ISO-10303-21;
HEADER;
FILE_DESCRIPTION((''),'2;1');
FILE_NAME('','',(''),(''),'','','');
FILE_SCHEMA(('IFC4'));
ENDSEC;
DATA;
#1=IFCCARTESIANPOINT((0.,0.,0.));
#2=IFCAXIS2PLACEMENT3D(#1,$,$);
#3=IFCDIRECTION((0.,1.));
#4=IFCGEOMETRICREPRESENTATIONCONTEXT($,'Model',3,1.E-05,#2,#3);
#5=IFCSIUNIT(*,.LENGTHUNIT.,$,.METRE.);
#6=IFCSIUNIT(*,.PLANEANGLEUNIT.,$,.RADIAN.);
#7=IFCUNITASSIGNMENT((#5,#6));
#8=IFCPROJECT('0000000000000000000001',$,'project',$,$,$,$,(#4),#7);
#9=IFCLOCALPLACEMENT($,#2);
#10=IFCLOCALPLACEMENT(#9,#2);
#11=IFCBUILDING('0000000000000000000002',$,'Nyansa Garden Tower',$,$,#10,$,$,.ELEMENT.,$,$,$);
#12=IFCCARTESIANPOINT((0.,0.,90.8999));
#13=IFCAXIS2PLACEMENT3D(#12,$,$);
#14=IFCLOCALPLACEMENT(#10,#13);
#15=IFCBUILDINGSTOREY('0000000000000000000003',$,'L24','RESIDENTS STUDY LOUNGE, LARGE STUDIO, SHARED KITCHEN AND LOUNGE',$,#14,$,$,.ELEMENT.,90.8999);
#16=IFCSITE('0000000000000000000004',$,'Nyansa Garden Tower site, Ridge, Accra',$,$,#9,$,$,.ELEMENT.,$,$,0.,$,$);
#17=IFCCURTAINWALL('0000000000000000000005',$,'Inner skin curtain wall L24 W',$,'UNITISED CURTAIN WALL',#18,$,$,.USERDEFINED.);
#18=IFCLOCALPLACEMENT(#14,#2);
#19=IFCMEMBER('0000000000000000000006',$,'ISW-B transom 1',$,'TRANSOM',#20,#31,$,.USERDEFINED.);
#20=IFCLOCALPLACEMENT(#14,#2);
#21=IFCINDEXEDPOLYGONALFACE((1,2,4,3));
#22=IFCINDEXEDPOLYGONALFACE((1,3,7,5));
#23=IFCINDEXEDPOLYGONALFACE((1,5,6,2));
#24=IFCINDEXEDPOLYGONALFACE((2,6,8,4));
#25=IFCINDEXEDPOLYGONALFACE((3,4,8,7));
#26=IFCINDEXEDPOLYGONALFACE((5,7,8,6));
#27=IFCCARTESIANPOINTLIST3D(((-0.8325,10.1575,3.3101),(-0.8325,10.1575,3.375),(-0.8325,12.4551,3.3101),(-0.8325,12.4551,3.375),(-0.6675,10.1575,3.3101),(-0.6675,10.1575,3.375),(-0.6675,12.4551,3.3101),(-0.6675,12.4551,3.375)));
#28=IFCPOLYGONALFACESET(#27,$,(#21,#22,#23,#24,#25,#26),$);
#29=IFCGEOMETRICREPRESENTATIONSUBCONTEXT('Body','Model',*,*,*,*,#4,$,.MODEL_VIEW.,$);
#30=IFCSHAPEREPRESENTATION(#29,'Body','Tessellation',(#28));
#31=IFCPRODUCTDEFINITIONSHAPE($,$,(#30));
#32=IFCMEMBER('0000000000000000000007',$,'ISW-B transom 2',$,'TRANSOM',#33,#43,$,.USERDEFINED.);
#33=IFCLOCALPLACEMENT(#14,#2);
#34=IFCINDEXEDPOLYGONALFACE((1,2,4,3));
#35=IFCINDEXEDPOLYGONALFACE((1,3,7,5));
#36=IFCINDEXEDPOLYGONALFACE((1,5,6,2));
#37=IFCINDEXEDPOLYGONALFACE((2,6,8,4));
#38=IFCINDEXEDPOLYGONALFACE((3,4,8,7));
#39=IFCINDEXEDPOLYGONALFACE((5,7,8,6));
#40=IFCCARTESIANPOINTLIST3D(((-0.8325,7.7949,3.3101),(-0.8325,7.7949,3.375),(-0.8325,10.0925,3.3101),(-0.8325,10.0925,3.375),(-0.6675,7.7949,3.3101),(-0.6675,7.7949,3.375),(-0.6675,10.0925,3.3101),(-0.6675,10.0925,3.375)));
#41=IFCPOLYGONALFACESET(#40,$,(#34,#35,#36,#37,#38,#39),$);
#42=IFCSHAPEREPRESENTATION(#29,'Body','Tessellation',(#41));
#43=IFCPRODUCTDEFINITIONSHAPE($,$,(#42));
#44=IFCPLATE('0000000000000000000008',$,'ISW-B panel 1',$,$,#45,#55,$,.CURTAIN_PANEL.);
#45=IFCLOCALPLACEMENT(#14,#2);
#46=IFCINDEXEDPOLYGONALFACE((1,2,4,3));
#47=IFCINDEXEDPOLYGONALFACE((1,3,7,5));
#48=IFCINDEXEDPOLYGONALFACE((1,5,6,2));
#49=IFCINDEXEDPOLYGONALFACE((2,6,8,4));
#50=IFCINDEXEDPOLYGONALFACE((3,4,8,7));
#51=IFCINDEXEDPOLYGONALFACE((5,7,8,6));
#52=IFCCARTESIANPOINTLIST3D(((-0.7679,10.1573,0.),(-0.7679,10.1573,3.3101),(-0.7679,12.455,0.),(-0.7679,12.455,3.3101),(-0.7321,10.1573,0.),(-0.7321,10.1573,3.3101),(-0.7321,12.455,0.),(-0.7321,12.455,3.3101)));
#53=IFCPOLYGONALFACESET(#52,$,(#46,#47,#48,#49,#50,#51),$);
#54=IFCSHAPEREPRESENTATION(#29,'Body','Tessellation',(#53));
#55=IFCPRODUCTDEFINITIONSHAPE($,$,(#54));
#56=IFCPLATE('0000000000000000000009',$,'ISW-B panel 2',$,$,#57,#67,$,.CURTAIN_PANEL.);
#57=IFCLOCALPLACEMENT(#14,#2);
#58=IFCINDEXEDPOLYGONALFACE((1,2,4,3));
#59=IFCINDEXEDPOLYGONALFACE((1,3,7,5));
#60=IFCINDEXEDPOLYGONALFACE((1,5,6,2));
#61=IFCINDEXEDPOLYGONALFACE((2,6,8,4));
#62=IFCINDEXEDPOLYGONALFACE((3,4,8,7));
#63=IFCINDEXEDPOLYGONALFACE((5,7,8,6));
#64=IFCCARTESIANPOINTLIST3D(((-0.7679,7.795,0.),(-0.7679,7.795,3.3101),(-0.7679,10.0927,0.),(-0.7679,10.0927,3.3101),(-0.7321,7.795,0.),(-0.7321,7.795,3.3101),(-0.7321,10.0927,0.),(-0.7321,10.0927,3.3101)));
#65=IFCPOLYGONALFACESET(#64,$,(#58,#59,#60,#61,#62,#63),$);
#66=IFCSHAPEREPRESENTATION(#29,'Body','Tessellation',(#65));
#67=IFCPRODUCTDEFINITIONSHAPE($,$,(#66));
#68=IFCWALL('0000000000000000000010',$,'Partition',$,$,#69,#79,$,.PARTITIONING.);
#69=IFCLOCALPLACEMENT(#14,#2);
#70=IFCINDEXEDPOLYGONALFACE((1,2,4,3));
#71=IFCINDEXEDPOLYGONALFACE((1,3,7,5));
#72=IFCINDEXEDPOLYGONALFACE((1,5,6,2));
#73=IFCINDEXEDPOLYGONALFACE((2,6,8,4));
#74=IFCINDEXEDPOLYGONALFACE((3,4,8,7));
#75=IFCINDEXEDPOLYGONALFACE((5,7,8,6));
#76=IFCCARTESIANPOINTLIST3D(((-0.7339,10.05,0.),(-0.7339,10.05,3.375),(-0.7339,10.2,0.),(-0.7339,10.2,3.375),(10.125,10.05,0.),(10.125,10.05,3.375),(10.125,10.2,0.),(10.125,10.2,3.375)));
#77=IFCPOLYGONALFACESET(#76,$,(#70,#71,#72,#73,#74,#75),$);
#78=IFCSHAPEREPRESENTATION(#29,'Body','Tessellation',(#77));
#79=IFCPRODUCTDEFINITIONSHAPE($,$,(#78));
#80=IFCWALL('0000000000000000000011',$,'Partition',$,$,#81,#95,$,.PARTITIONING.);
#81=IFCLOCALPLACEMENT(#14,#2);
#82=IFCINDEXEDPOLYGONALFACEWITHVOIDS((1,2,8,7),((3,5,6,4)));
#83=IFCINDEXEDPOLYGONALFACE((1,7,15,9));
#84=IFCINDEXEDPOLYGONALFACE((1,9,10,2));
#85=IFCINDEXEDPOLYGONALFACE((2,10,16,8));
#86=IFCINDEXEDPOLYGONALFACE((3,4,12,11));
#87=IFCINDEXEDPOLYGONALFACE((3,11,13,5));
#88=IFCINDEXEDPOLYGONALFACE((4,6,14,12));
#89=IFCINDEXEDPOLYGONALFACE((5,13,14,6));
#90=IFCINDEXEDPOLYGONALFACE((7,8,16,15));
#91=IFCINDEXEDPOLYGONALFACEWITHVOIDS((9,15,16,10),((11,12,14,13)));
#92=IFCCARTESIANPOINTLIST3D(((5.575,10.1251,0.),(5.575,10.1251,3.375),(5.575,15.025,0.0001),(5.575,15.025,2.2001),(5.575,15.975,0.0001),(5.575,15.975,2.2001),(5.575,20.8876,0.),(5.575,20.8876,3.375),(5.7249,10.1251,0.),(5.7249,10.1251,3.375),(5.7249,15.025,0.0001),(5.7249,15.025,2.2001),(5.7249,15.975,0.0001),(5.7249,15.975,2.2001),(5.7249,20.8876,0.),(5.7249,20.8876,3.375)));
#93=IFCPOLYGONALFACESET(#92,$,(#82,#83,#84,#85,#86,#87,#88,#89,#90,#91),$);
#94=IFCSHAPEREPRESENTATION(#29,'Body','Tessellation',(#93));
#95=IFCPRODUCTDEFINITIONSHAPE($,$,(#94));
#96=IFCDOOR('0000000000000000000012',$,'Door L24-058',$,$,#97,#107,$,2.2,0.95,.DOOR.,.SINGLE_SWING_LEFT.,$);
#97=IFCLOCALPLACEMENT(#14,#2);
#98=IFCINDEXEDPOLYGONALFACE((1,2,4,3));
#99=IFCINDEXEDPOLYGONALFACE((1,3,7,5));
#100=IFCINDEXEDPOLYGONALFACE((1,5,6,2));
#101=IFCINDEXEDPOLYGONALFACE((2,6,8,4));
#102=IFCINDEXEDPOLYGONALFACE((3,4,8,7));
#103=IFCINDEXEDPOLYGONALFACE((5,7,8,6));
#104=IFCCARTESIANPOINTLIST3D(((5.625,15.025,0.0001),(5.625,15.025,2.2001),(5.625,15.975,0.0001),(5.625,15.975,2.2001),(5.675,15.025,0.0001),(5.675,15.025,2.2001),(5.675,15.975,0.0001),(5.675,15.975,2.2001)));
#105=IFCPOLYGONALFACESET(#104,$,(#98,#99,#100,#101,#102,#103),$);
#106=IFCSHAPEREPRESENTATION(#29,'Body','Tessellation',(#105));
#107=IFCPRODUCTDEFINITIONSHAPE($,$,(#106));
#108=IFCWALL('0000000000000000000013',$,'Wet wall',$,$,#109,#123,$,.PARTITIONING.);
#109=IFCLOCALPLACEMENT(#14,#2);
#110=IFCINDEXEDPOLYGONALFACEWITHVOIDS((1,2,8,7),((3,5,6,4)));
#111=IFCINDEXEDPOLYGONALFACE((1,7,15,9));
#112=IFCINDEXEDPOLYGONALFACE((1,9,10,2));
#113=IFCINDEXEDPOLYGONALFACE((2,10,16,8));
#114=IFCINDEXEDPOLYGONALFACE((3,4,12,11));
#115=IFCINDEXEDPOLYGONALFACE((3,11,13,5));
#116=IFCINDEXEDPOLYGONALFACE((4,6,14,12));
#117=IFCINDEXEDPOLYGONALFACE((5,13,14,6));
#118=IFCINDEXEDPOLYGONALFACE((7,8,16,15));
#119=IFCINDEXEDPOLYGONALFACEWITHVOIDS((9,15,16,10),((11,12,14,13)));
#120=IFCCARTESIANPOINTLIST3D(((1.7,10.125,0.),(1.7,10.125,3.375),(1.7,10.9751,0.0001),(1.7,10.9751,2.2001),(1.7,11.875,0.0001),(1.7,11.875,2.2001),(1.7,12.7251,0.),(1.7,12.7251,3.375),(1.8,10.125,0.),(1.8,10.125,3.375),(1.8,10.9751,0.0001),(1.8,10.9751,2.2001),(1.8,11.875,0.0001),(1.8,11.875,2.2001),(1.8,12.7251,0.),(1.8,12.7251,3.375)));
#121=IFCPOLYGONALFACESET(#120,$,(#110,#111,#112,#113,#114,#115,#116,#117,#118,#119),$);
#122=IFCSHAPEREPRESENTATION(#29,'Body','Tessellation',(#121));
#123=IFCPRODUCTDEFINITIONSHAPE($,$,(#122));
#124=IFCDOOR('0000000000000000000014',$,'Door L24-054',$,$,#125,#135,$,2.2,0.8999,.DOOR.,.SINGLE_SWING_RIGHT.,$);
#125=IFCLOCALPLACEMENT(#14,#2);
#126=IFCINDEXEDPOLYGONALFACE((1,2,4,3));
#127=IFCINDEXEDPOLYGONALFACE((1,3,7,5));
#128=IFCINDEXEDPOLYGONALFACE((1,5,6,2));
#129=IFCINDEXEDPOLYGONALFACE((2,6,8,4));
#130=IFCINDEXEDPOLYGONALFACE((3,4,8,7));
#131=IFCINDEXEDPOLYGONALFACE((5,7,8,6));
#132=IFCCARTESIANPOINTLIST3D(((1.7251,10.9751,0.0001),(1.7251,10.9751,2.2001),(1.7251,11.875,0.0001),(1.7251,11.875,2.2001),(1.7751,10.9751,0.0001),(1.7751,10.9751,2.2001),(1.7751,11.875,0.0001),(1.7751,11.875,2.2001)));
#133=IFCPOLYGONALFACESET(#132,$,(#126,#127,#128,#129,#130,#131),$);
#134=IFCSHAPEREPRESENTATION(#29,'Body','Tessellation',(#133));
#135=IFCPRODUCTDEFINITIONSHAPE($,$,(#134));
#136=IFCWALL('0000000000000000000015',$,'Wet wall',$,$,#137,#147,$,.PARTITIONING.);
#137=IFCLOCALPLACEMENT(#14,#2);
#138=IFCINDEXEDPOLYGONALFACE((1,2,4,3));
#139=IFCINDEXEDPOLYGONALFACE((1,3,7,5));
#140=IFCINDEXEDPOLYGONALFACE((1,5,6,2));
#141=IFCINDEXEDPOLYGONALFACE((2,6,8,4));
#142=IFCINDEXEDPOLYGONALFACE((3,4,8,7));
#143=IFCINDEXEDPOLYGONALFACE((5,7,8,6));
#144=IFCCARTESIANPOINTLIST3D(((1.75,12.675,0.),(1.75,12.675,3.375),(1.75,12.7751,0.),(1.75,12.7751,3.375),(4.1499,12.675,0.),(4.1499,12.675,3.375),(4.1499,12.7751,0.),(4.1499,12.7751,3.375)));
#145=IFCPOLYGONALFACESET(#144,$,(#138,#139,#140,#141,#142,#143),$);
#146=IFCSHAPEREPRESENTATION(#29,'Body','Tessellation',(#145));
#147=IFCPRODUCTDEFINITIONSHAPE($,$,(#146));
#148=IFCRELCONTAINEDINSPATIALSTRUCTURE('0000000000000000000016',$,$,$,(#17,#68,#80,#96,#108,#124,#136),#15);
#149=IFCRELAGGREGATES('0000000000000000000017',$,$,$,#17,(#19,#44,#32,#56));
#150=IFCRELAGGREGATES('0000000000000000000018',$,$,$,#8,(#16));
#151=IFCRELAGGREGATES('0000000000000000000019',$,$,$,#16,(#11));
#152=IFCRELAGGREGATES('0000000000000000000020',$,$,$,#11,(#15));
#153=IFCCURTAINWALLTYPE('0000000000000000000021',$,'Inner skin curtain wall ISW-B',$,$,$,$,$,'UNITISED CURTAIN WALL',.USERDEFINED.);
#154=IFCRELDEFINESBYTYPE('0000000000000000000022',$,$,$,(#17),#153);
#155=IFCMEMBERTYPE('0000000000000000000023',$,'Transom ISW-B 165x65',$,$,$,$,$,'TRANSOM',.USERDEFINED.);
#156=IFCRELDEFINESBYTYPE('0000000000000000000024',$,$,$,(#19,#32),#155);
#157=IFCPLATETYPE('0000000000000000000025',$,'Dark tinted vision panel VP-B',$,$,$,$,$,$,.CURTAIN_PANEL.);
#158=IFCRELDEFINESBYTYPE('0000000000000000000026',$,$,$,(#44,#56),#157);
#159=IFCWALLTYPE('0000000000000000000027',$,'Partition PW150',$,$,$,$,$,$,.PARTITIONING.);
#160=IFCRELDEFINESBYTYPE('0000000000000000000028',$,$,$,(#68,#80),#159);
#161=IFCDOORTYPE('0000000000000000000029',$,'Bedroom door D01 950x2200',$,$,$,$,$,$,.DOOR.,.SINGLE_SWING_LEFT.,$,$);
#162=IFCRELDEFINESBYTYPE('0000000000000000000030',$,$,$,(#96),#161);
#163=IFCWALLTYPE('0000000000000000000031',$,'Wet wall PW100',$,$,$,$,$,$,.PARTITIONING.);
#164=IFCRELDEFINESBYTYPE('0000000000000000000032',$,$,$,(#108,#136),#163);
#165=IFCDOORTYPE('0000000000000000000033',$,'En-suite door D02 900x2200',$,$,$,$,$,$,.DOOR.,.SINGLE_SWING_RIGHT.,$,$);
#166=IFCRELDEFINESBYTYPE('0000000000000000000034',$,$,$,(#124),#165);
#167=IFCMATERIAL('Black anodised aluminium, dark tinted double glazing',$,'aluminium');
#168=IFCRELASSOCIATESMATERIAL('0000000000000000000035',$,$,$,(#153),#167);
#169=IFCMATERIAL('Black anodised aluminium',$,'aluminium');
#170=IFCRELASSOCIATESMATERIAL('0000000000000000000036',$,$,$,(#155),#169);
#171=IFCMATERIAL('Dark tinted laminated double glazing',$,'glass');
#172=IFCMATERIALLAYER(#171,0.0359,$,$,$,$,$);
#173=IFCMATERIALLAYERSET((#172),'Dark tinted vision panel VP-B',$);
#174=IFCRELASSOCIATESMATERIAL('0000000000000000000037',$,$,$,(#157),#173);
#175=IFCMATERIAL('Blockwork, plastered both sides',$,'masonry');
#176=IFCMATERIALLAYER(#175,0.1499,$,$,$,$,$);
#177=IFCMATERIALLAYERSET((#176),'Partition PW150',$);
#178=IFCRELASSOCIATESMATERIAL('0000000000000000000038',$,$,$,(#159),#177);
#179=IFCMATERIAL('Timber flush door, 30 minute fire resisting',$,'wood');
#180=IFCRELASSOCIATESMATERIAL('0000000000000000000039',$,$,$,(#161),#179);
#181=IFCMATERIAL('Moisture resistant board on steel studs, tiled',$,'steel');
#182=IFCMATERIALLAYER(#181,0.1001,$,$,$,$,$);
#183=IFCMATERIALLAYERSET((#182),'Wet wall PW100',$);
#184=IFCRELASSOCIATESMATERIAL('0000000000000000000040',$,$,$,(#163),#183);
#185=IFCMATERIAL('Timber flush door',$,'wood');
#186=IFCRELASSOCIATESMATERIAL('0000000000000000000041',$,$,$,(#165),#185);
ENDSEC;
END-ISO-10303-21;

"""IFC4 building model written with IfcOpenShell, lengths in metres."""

from ifc_helpers import new_model, si_unit, direction, frame, frame_2d, origin, origin_2d, place, context, subcontext, project, spatial, rectangle, extrude, material, layer, layer_set, material_profile, profile_set, type_object, element, fill, aggregate, save


model = new_model("IFC4")

# Units and contexts
model_context = context("Model", 3, precision=1e-05, world=origin(), true_north=direction((0.0, 1.0)))
body_context = subcontext(model_context, "Body", "Model", "MODEL_VIEW")
ifc_project = project(units=[si_unit("LENGTHUNIT", "METRE"), si_unit("PLANEANGLEUNIT", "RADIAN")], contexts=[model_context])

# Site, building, storey
site_placement = place(None, origin())
site = spatial("IfcSite", under=ifc_project, at=site_placement, Name="Nyansa Garden Tower site, Ridge, Accra", CompositionType="ELEMENT", RefElevation=0.0)
building_placement = place(site_placement, origin())
building = spatial("IfcBuilding", under=site, at=building_placement, Name="Nyansa Garden Tower", CompositionType="ELEMENT")
storey_placement = place(building_placement, frame((0.0, 0.0, 90.8999)))
storey = spatial("IfcBuildingStorey", under=building, at=storey_placement, Name="L24", Description="RESIDENTS STUDY LOUNGE, LARGE STUDIO, SHARED KITCHEN AND LOUNGE", CompositionType="ELEMENT", Elevation=90.8999)

# Curtain wall
ifc_material_1 = material(Name="Black anodised aluminium, dark tinted double glazing", Category="aluminium")
curtain_wall_type = type_object("IfcCurtainWallType", Name="Inner skin curtain wall ISW-B", ElementType="UNITISED CURTAIN WALL", PredefinedType="USERDEFINED", material=ifc_material_1)
curtain_wall_placement = place(storey_placement, origin())
curtain_wall = element("IfcCurtainWall", 1, at=curtain_wall_placement, inside=storey, type_object=curtain_wall_type, Name="Inner skin curtain wall L24 W", ObjectType="UNITISED CURTAIN WALL", PredefinedType="USERDEFINED")

# Members
ifc_material_2 = material(Name="Black anodised aluminium", Category="aluminium")
ifc_material_profile_1 = material_profile(ifc_material_2, rectangle(XDim=0.165, YDim=0.0649, at=origin_2d()), Name="Transom 165x65")
ifc_profile_set_1 = profile_set([ifc_material_profile_1], Name="Black anodised aluminium")
member_type_1 = type_object("IfcMemberType", Name="Transom ISW-B 165x65", ElementType="TRANSOM", PredefinedType="USERDEFINED", material=ifc_profile_set_1)
member_1_placement = place(storey_placement, frame((-0.75, 12.4551, 3.3425), z_axis=(0.0, -1.0, 0.0), x_axis=(1.0, 0.0, 0.0)))
member_1 = element("IfcMember", 2, at=member_1_placement, type_object=member_type_1, Name="ISW-B transom 1", ObjectType="TRANSOM", PredefinedType="USERDEFINED", context=body_context, shape_type="SweptSolid", body=[
    extrude(rectangle(XDim=0.165, YDim=0.0649, at=origin_2d()), origin(), (0.0, 0.0, 1.0), 2.2976),
])
member_2_placement = place(storey_placement, frame((-0.75, 10.0925, 3.3425), z_axis=(0.0, -1.0, 0.0), x_axis=(1.0, 0.0, 0.0)))
member_2 = element("IfcMember", 3, at=member_2_placement, type_object=member_type_1, Name="ISW-B transom 2", ObjectType="TRANSOM", PredefinedType="USERDEFINED", context=body_context, shape_type="SweptSolid", body=[
    extrude(rectangle(XDim=0.165, YDim=0.0649, at=origin_2d()), origin(), (0.0, 0.0, 1.0), 2.2976),
])

# Plates
ifc_material_3 = material(Name="Dark tinted laminated double glazing", Category="glass")
ifc_layer_1 = layer(ifc_material_3, 0.0359)
ifc_layer_set_1 = layer_set([ifc_layer_1], Name="Dark tinted vision panel VP-B")
plate_type = type_object("IfcPlateType", Name="Dark tinted vision panel VP-B", PredefinedType="CURTAIN_PANEL", material=ifc_layer_set_1)
plate_1_placement = place(storey_placement, frame((-0.75, 11.3062, 0.0), z_axis=(0.0, 0.0, 1.0), x_axis=(0.0, -1.0, 0.0)))
plate_1 = element("IfcPlate", 4, at=plate_1_placement, type_object=plate_type, Name="ISW-B panel 1", PredefinedType="CURTAIN_PANEL", context=body_context, shape_type="SweptSolid", body=[
    extrude(rectangle(XDim=2.2976, YDim=0.0359, at=origin_2d()), origin(), (0.0, 0.0, 1.0), 3.3101),
])
plate_2_placement = place(storey_placement, frame((-0.75, 8.9438, 0.0), z_axis=(0.0, 0.0, 1.0), x_axis=(0.0, -1.0, 0.0)))
plate_2 = element("IfcPlate", 5, at=plate_2_placement, type_object=plate_type, Name="ISW-B panel 2", PredefinedType="CURTAIN_PANEL", context=body_context, shape_type="SweptSolid", body=[
    extrude(rectangle(XDim=2.2976, YDim=0.0359, at=origin_2d()), origin(), (0.0, 0.0, 1.0), 3.3101),
])
aggregate(curtain_wall, [member_1, plate_1, member_2, plate_2])

# Wall
ifc_material_4 = material(Name="Blockwork, plastered both sides", Category="masonry")
ifc_layer_2 = layer(ifc_material_4, 0.1499)
ifc_layer_set_2 = layer_set([ifc_layer_2], Name="Partition PW150")
wall_type_1 = type_object("IfcWallType", Name="Partition PW150", PredefinedType="PARTITIONING", material=ifc_layer_set_2)
wall_1_placement = place(storey_placement, frame((-0.7339, 10.125, 0.0), z_axis=(0.0, 0.0, 1.0), x_axis=(1.0, 0.0, 0.0)))
element("IfcWall", 6, at=wall_1_placement, inside=storey, type_object=wall_type_1, Name="Partition", PredefinedType="PARTITIONING", context=body_context, shape_type="SweptSolid", body=[
    extrude(rectangle(XDim=10.8589, YDim=0.1499, at=frame_2d((5.4294, 0.0))), origin(), (0.0, 0.0, 1.0), 3.375),
])

# Walls, openings, doors
wall_2_placement = place(storey_placement, frame((5.6499, 10.125, 0.0), z_axis=(0.0, 0.0, 1.0), x_axis=(0.0, 1.0, 0.0)))
wall_2 = element("IfcWall", 7, at=wall_2_placement, inside=storey, type_object=wall_type_1, Name="Partition", PredefinedType="PARTITIONING", context=body_context, shape_type="SweptSolid", body=[
    extrude(rectangle(XDim=10.7625, YDim=0.1499, at=frame_2d((5.3813, 0.0))), origin(), (0.0, 0.0, 1.0), 3.375),
])
opening_1_placement = place(wall_2_placement, frame((4.8999, 0.0, 0.0)))
opening_1 = element("IfcOpeningElement", 8, at=opening_1_placement, cuts=wall_2, PredefinedType="OPENING", context=body_context, shape_type="SweptSolid", body=[
    extrude(rectangle(XDim=0.95, YDim=2.2, at=frame_2d((0.4751, 1.1001))), frame((0.0, 0.085, 0.0), z_axis=(0.0, -1.0, 0.0), x_axis=(1.0, 0.0, 0.0)), (0.0, 0.0, 1.0), 0.1699),
])
ifc_material_5 = material(Name="Timber flush door, 30 minute fire resisting", Category="wood")
door_type_1 = type_object("IfcDoorType", Name="Bedroom door D01 950x2200", OperationType="SINGLE_SWING_LEFT", PredefinedType="DOOR", material=ifc_material_5)
door_1_placement = place(opening_1_placement, origin())
door_1 = element("IfcDoor", 9, at=door_1_placement, inside=storey, type_object=door_type_1, Name="Door L24-058", OperationType="SINGLE_SWING_LEFT", OverallHeight=2.2, OverallWidth=0.95, PredefinedType="DOOR", context=body_context, shape_type="SweptSolid", body=[
    extrude(rectangle(XDim=0.95, YDim=2.2, at=frame_2d((0.4751, 1.1001))), frame((0.0, 0.0249, 0.0), z_axis=(0.0, -1.0, 0.0), x_axis=(1.0, 0.0, 0.0)), (0.0, 0.0, 1.0), 0.05),
])
fill(opening_1, door_1)
ifc_material_6 = material(Name="Moisture resistant board on steel studs, tiled", Category="steel")
ifc_layer_3 = layer(ifc_material_6, 0.1001)
ifc_layer_set_3 = layer_set([ifc_layer_3], Name="Wet wall PW100")
wall_type_2 = type_object("IfcWallType", Name="Wet wall PW100", PredefinedType="PARTITIONING", material=ifc_layer_set_3)
wall_3_placement = place(storey_placement, frame((1.75, 10.125, 0.0), z_axis=(0.0, 0.0, 1.0), x_axis=(0.0, 1.0, 0.0)))
wall_3 = element("IfcWall", 10, at=wall_3_placement, inside=storey, type_object=wall_type_2, Name="Wet wall", PredefinedType="PARTITIONING", context=body_context, shape_type="SweptSolid", body=[
    extrude(rectangle(XDim=2.6001, YDim=0.1001, at=frame_2d((1.3, 0.0))), origin(), (0.0, 0.0, 1.0), 3.375),
])
opening_2_placement = place(wall_3_placement, frame((0.8501, 0.0, 0.0)))
opening_2 = element("IfcOpeningElement", 11, at=opening_2_placement, cuts=wall_3, PredefinedType="OPENING", context=body_context, shape_type="SweptSolid", body=[
    extrude(rectangle(XDim=0.8999, YDim=2.2, at=frame_2d((0.45, 1.1001))), frame((0.0, 0.0601, 0.0), z_axis=(0.0, -1.0, 0.0), x_axis=(1.0, 0.0, 0.0)), (0.0, 0.0, 1.0), 0.1201),
])
ifc_material_7 = material(Name="Timber flush door", Category="wood")
door_type_2 = type_object("IfcDoorType", Name="En-suite door D02 900x2200", OperationType="SINGLE_SWING_RIGHT", PredefinedType="DOOR", material=ifc_material_7)
door_2_placement = place(opening_2_placement, origin())
door_2 = element("IfcDoor", 12, at=door_2_placement, inside=storey, type_object=door_type_2, Name="Door L24-054", OperationType="SINGLE_SWING_RIGHT", OverallHeight=2.2, OverallWidth=0.8999, PredefinedType="DOOR", context=body_context, shape_type="SweptSolid", body=[
    extrude(rectangle(XDim=0.8999, YDim=2.2, at=frame_2d((0.45, 1.1001))), frame((0.0, 0.0249, 0.0), z_axis=(0.0, -1.0, 0.0), x_axis=(1.0, 0.0, 0.0)), (0.0, 0.0, 1.0), 0.05),
])
fill(opening_2, door_2)

# Wall
wall_4_placement = place(storey_placement, frame((1.75, 12.7251, 0.0), z_axis=(0.0, 0.0, 1.0), x_axis=(1.0, 0.0, 0.0)))
element("IfcWall", 13, at=wall_4_placement, inside=storey, type_object=wall_type_2, Name="Wet wall", PredefinedType="PARTITIONING", context=body_context, shape_type="SweptSolid", body=[
    extrude(rectangle(XDim=2.3999, YDim=0.1001, at=frame_2d((1.2, 0.0))), origin(), (0.0, 0.0, 1.0), 3.375),
])

save(model, "model.ifc")
